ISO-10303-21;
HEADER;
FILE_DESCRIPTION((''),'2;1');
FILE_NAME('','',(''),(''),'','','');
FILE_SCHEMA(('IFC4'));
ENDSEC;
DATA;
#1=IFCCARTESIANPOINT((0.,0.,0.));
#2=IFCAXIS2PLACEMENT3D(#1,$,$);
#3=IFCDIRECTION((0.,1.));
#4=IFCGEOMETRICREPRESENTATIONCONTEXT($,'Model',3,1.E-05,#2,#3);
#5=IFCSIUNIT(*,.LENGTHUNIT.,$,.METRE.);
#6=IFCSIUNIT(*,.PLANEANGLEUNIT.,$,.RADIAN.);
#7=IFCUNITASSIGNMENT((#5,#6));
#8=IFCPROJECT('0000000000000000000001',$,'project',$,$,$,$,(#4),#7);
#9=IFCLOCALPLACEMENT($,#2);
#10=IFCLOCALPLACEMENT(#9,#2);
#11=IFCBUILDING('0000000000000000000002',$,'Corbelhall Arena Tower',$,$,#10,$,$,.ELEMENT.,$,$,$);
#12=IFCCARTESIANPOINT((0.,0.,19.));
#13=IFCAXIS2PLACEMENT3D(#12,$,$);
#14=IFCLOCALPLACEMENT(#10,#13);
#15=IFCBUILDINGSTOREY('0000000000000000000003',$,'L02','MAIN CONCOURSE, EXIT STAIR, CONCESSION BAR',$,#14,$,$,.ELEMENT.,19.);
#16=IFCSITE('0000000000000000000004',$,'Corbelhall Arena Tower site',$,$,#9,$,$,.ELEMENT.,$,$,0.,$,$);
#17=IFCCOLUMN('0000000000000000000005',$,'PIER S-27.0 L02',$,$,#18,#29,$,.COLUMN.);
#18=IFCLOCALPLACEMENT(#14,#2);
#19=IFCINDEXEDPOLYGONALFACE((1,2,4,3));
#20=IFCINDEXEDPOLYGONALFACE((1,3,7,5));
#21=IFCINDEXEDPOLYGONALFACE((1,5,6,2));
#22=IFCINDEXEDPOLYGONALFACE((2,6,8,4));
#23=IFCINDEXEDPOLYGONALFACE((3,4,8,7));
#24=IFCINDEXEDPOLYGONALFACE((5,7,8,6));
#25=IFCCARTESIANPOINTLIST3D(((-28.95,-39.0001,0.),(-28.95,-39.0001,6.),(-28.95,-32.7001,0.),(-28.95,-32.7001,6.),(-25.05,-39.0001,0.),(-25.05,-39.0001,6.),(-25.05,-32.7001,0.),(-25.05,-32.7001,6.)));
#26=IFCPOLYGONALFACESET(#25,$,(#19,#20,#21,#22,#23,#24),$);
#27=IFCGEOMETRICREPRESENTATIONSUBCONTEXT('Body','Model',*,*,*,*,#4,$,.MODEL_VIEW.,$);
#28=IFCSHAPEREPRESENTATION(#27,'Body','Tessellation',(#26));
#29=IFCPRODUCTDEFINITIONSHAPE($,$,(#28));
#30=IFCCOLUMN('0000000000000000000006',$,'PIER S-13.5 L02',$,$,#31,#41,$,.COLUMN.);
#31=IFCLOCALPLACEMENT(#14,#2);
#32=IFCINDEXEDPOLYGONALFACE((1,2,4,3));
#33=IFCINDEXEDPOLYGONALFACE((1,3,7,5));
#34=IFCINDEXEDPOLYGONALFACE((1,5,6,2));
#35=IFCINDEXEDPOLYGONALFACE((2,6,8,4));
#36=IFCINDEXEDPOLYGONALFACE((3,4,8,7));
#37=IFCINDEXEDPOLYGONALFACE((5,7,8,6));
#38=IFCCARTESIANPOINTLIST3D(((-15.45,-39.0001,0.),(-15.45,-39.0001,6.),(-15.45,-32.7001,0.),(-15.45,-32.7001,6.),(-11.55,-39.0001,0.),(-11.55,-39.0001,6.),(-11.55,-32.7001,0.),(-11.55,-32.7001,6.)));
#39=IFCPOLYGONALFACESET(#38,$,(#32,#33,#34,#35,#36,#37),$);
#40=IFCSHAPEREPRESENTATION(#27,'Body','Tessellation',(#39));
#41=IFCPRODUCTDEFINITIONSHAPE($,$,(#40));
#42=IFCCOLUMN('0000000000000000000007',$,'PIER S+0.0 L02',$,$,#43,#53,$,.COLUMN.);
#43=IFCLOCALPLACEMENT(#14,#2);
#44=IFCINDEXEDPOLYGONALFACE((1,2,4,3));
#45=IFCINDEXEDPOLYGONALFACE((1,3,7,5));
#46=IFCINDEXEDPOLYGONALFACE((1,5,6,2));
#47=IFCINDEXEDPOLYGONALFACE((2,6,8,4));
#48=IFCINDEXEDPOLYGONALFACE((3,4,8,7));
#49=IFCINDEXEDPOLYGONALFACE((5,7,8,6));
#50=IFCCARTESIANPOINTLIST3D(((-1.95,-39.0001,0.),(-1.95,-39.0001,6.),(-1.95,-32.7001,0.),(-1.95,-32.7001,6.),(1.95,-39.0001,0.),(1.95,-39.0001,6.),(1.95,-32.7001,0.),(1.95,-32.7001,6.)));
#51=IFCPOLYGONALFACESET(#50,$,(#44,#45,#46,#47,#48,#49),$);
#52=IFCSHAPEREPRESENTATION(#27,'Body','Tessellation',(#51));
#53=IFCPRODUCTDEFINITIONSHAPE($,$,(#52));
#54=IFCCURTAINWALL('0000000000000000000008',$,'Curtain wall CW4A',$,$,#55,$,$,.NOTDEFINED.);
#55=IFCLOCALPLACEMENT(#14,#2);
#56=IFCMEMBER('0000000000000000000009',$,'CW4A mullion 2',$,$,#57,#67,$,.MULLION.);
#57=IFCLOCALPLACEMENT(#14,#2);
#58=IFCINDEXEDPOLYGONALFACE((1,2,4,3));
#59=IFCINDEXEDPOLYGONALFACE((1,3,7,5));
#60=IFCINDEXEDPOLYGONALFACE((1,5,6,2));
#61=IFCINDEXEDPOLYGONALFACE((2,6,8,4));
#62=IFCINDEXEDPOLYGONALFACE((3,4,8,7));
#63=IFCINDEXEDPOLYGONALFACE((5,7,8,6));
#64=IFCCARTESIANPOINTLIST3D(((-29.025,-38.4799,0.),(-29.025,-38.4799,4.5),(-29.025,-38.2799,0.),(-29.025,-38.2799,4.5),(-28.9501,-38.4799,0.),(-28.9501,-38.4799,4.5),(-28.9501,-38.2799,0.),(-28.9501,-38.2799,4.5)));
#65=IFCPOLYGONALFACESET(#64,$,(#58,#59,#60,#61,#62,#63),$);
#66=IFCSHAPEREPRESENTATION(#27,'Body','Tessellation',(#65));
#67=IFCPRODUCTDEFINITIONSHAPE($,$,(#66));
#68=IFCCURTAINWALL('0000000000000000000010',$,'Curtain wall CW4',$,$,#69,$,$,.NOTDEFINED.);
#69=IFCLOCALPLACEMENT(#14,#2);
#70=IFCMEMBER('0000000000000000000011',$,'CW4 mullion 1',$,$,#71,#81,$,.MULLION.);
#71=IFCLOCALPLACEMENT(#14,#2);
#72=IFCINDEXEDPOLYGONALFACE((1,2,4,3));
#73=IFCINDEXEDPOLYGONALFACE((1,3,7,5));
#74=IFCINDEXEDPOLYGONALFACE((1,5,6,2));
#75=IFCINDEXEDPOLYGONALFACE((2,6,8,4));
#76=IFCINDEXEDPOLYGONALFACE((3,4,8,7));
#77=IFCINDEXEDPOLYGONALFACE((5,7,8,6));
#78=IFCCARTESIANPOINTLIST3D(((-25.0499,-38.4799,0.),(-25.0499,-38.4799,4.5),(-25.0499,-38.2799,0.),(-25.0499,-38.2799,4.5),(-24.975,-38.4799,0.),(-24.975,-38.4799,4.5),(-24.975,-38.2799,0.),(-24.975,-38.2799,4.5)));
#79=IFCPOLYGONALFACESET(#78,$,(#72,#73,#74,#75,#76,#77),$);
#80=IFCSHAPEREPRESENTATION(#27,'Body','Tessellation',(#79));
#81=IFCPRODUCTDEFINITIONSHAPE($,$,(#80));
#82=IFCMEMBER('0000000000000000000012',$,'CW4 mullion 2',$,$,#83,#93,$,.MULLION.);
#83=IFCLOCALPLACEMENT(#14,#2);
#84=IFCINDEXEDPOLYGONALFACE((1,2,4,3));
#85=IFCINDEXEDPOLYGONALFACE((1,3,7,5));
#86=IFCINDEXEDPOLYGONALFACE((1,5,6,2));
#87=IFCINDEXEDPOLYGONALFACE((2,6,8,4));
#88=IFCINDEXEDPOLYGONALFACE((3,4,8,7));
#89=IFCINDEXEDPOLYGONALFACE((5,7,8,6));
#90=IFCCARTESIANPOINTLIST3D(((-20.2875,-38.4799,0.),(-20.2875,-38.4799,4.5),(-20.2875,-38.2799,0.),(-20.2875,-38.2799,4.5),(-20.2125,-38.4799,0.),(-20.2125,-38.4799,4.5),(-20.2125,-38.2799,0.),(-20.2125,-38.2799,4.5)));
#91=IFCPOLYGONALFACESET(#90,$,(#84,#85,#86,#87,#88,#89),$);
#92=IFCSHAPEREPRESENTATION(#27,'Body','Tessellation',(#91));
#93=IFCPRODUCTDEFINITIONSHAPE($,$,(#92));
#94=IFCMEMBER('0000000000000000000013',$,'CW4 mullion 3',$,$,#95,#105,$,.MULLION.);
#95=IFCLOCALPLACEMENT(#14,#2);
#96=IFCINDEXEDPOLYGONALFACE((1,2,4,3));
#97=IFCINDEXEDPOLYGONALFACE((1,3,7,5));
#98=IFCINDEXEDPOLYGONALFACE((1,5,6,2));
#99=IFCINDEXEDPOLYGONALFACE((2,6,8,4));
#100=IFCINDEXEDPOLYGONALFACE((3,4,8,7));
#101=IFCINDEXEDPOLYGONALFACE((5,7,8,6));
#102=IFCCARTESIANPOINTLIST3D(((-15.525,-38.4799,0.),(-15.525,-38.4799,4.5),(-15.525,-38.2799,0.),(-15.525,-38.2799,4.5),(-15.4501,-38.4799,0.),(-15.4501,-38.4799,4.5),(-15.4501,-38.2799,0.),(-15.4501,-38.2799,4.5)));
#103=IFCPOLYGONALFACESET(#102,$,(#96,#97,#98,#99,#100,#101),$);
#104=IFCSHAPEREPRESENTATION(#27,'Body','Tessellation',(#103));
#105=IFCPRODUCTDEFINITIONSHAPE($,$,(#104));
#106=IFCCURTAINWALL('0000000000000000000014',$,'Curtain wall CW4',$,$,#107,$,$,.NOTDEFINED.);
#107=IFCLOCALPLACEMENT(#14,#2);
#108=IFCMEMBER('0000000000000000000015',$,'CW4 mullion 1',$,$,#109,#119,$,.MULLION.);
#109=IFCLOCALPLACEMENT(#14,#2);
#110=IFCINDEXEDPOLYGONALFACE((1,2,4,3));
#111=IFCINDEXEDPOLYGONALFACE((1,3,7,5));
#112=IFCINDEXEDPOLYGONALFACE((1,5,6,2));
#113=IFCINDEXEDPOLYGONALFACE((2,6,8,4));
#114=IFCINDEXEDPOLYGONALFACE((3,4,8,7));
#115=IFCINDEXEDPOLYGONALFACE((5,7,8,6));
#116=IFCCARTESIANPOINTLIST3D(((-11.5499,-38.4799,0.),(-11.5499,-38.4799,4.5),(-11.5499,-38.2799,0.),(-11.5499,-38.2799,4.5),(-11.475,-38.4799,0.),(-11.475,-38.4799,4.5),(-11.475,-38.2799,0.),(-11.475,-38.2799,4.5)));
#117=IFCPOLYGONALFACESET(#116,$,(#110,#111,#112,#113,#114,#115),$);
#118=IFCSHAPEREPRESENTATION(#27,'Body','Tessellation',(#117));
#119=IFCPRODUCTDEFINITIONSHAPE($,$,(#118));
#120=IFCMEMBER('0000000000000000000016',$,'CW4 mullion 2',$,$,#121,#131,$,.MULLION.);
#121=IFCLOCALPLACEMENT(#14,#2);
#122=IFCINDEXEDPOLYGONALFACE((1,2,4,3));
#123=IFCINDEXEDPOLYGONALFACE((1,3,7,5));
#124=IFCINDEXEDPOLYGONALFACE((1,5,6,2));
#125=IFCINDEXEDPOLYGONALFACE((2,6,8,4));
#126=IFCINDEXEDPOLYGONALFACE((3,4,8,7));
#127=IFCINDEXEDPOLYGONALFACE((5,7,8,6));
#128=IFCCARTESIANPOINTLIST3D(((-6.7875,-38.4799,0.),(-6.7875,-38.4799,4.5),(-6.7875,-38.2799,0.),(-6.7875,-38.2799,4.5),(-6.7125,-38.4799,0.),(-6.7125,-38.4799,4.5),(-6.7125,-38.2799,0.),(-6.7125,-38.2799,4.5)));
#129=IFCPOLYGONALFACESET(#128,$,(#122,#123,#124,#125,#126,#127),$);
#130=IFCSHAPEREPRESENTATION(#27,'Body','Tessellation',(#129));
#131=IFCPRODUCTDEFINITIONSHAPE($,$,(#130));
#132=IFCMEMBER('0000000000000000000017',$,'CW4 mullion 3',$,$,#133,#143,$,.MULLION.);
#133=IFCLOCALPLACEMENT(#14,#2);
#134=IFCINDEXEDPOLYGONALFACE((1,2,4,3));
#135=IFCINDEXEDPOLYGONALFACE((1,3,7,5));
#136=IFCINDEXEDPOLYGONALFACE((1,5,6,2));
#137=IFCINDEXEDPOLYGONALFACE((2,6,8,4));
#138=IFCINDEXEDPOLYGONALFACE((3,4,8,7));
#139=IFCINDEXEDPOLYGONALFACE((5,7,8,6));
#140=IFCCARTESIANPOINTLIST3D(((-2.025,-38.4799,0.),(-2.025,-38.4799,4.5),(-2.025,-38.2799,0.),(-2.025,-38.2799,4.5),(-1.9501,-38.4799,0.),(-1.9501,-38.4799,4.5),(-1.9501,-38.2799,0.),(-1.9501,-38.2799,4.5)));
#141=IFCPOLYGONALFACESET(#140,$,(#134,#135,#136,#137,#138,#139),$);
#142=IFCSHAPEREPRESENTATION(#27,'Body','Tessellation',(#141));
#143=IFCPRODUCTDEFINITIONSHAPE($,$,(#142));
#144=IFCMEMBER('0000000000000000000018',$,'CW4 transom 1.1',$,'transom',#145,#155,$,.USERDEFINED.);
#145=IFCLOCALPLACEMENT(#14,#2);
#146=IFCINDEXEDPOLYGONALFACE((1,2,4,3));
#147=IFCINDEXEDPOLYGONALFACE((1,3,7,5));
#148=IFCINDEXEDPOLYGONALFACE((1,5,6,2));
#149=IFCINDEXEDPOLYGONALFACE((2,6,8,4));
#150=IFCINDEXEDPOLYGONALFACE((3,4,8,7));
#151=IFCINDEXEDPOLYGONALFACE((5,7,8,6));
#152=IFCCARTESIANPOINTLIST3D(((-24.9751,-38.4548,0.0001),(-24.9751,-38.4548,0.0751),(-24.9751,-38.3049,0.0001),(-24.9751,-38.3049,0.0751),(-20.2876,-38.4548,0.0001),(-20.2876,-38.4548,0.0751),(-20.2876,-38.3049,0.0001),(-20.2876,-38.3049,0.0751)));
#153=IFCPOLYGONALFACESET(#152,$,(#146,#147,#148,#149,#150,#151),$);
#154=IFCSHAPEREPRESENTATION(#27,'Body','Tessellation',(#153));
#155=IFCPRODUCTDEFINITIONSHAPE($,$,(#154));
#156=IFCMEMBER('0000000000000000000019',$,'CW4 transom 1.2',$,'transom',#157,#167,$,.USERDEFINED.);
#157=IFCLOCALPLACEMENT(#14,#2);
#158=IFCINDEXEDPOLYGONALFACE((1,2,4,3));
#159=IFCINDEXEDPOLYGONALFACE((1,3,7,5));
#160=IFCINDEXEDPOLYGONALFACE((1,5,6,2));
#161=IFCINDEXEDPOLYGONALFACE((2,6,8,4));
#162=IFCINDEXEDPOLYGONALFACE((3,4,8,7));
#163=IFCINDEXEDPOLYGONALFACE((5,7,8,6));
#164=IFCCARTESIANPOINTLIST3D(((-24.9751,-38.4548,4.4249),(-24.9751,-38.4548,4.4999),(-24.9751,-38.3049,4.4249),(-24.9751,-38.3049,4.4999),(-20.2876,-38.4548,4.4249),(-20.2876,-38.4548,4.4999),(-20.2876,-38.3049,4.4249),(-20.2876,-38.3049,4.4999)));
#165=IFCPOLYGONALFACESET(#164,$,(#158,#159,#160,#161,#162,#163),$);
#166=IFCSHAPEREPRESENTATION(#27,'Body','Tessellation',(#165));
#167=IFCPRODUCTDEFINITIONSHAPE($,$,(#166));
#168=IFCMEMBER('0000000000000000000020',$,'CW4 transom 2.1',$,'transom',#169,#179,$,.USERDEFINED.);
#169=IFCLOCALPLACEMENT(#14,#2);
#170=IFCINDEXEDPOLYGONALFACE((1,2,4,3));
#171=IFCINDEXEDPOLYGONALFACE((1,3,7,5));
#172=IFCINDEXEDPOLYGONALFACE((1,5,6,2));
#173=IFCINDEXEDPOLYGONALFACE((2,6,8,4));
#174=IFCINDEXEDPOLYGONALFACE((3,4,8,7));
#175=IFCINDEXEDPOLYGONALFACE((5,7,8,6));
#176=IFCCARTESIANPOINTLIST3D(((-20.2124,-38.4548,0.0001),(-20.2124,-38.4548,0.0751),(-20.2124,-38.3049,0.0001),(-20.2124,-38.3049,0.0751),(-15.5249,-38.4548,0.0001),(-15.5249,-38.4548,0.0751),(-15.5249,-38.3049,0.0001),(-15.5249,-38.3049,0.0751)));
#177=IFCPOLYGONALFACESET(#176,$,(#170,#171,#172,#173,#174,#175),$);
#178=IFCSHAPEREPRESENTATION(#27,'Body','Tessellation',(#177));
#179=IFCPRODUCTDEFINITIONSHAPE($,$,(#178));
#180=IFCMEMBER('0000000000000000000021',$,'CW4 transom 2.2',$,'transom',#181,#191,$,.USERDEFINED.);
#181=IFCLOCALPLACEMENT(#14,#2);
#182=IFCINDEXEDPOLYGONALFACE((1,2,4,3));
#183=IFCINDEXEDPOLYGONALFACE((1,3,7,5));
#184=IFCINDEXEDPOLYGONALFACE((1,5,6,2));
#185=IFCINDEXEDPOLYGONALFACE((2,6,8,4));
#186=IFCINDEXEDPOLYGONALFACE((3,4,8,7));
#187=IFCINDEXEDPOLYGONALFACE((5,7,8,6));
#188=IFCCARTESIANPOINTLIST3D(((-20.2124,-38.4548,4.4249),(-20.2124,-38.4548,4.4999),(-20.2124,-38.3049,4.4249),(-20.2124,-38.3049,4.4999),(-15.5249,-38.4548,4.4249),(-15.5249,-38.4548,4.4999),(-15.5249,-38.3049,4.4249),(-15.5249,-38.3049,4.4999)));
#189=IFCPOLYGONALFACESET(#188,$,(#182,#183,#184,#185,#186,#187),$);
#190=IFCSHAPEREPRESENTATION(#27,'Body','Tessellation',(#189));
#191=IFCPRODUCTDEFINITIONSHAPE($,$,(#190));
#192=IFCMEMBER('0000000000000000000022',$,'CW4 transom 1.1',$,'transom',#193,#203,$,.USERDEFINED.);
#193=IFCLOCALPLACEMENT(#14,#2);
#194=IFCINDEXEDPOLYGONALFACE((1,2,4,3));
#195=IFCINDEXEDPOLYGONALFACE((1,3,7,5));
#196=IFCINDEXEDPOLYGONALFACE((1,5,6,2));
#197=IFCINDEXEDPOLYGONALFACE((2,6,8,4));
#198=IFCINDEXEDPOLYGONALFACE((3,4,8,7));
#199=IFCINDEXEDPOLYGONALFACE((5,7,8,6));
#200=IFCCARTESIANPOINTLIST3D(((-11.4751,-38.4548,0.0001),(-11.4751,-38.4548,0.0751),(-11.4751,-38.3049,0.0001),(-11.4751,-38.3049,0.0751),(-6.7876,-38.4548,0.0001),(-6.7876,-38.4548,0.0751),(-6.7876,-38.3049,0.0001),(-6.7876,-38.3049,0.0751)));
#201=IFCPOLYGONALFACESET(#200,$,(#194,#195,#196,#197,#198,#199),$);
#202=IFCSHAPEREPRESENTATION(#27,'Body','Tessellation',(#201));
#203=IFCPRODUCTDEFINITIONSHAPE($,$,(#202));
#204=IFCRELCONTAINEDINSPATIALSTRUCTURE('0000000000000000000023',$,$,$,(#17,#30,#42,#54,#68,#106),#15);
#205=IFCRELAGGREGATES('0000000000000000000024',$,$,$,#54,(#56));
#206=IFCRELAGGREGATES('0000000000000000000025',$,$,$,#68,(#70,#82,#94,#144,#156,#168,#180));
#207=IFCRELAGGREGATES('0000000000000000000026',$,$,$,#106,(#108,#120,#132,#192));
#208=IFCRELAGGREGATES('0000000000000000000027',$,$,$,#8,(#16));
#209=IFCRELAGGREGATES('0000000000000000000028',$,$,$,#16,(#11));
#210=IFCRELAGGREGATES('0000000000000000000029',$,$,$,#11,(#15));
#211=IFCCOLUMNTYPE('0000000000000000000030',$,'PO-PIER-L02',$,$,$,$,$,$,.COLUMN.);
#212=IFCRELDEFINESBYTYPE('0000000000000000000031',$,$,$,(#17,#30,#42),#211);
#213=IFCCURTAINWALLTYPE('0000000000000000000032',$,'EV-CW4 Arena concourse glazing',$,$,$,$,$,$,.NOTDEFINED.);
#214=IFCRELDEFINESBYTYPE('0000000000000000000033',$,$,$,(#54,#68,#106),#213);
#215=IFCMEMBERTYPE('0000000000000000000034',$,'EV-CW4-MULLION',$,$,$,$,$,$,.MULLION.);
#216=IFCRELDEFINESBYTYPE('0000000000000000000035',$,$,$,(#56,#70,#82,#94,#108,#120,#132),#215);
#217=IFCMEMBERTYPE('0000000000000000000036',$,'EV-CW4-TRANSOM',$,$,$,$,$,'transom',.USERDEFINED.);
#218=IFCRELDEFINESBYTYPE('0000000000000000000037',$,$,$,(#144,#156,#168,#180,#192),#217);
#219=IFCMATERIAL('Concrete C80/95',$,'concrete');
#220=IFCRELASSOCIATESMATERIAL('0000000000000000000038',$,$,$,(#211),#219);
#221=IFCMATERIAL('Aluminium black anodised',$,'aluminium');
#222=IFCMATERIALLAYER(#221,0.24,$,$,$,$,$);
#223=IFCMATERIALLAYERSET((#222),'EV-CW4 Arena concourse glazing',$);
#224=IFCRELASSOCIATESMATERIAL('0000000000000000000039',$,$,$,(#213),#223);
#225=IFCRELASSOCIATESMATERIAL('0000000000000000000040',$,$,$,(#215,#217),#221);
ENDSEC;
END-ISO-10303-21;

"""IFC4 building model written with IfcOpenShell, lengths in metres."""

from ifc_helpers import new_model, si_unit, direction, frame, origin, origin_2d, place, context, subcontext, project, spatial, rectangle, extrude, material, layer, layer_set, material_profile, profile_set, type_object, element, aggregate, save


model = new_model("IFC4")

# Units and contexts
model_context = context("Model", 3, precision=1e-05, world=origin(), true_north=direction((0.0, 1.0)))
body_context = subcontext(model_context, "Body", "Model", "MODEL_VIEW")
ifc_project = project(units=[si_unit("LENGTHUNIT", "METRE"), si_unit("PLANEANGLEUNIT", "RADIAN")], contexts=[model_context])

# Site, building, storey
site_placement = place(None, origin())
site = spatial("IfcSite", under=ifc_project, at=site_placement, Name="Corbelhall Arena Tower site", CompositionType="ELEMENT", RefElevation=0.0)
building_placement = place(site_placement, origin())
building = spatial("IfcBuilding", under=site, at=building_placement, Name="Corbelhall Arena Tower", CompositionType="ELEMENT")
storey_placement = place(building_placement, frame((0.0, 0.0, 19.0)))
storey = spatial("IfcBuildingStorey", under=building, at=storey_placement, Name="L02", Description="MAIN CONCOURSE, EXIT STAIR, CONCESSION BAR", CompositionType="ELEMENT", Elevation=19.0)

# Columns
ifc_material_1 = material(Name="Concrete C80/95", Category="concrete")
ifc_material_profile_1 = material_profile(ifc_material_1, rectangle(XDim=3.8999, YDim=6.3, at=origin_2d()))
ifc_profile_set_1 = profile_set([ifc_material_profile_1], Name="Concrete C80/95")
column_type = type_object("IfcColumnType", Name="PO-PIER-L02", PredefinedType="COLUMN", material=ifc_profile_set_1)
for number, where, z_axis, x_axis, name in (
    (1, (-27.0, -35.8501, 0.0), (0.0, 0.0, 1.0), (1.0, 0.0, 0.0), "PIER S-27.0 L02"),
    (2, (-13.5, -35.8501, 0.0), (0.0, 0.0, 1.0), (1.0, 0.0, 0.0), "PIER S-13.5 L02"),
    (3, (0.0, -35.8501, 0.0), (0.0, 0.0, 1.0), (1.0, 0.0, 0.0), "PIER S+0.0 L02"),
):
    element("IfcColumn", number, at=place(storey_placement, frame(where, z_axis=z_axis, x_axis=x_axis)), inside=storey, type_object=column_type, Name=name, PredefinedType="COLUMN", context=body_context, shape_type="SweptSolid", body=[
        extrude(rectangle(XDim=3.8999, YDim=6.3, at=origin_2d()), origin(), (0.0, 0.0, 1.0), 6.0),
    ])

# Curtain wall, member
ifc_material_2 = material(Name="Aluminium black anodised", Category="aluminium")
ifc_layer_1 = layer(ifc_material_2, 0.24)
ifc_layer_set_1 = layer_set([ifc_layer_1], Name="EV-CW4 Arena concourse glazing")
curtain_wall_type = type_object("IfcCurtainWallType", Name="EV-CW4 Arena concourse glazing", PredefinedType="NOTDEFINED", material=ifc_layer_set_1)
curtain_wall_1_placement = place(storey_placement, origin())
curtain_wall_1 = element("IfcCurtainWall", 4, at=curtain_wall_1_placement, inside=storey, type_object=curtain_wall_type, Name="Curtain wall CW4A", PredefinedType="NOTDEFINED")
ifc_material_profile_2 = material_profile(ifc_material_2, rectangle(XDim=0.2, YDim=0.075, at=origin_2d()))
ifc_profile_set_2 = profile_set([ifc_material_profile_2], Name="Aluminium black anodised")
member_type_1 = type_object("IfcMemberType", Name="EV-CW4-MULLION", PredefinedType="MULLION", material=ifc_profile_set_2)
member_1_placement = place(storey_placement, frame((-28.9875, -38.3799, 0.0), z_axis=(0.0, 0.0, 1.0), x_axis=(0.0, 1.0, 0.0)))
member_1 = element("IfcMember", 5, at=member_1_placement, type_object=member_type_1, Name="CW4A mullion 2", PredefinedType="MULLION", context=body_context, shape_type="SweptSolid", body=[
    extrude(rectangle(XDim=0.2, YDim=0.075, at=origin_2d()), origin(), (0.0, 0.0, 1.0), 4.5),
])
aggregate(curtain_wall_1, [member_1])

# Curtain walls, members
curtain_wall_2_placement = place(storey_placement, origin())
curtain_wall_2 = element("IfcCurtainWall", 6, at=curtain_wall_2_placement, inside=storey, type_object=curtain_wall_type, Name="Curtain wall CW4", PredefinedType="NOTDEFINED")
member_2_placement = place(storey_placement, frame((-25.0125, -38.3799, 0.0), z_axis=(0.0, 0.0, 1.0), x_axis=(0.0, 1.0, 0.0)))
member_2 = element("IfcMember", 7, at=member_2_placement, type_object=member_type_1, Name="CW4 mullion 1", PredefinedType="MULLION", context=body_context, shape_type="SweptSolid", body=[
    extrude(rectangle(XDim=0.2, YDim=0.075, at=origin_2d()), origin(), (0.0, 0.0, 1.0), 4.5),
])
member_3_placement = place(storey_placement, frame((-20.25, -38.3799, 0.0), z_axis=(0.0, 0.0, 1.0), x_axis=(0.0, 1.0, 0.0)))
member_3 = element("IfcMember", 8, at=member_3_placement, type_object=member_type_1, Name="CW4 mullion 2", PredefinedType="MULLION", context=body_context, shape_type="SweptSolid", body=[
    extrude(rectangle(XDim=0.2, YDim=0.075, at=origin_2d()), origin(), (0.0, 0.0, 1.0), 4.5),
])
member_4_placement = place(storey_placement, frame((-15.4875, -38.3799, 0.0), z_axis=(0.0, 0.0, 1.0), x_axis=(0.0, 1.0, 0.0)))
member_4 = element("IfcMember", 9, at=member_4_placement, type_object=member_type_1, Name="CW4 mullion 3", PredefinedType="MULLION", context=body_context, shape_type="SweptSolid", body=[
    extrude(rectangle(XDim=0.2, YDim=0.075, at=origin_2d()), origin(), (0.0, 0.0, 1.0), 4.5),
])
curtain_wall_3_placement = place(storey_placement, origin())
curtain_wall_3 = element("IfcCurtainWall", 10, at=curtain_wall_3_placement, inside=storey, type_object=curtain_wall_type, Name="Curtain wall CW4", PredefinedType="NOTDEFINED")
member_5_placement = place(storey_placement, frame((-11.5125, -38.3799, 0.0), z_axis=(0.0, 0.0, 1.0), x_axis=(0.0, 1.0, 0.0)))
member_5 = element("IfcMember", 11, at=member_5_placement, type_object=member_type_1, Name="CW4 mullion 1", PredefinedType="MULLION", context=body_context, shape_type="SweptSolid", body=[
    extrude(rectangle(XDim=0.2, YDim=0.075, at=origin_2d()), origin(), (0.0, 0.0, 1.0), 4.5),
])
member_6_placement = place(storey_placement, frame((-6.75, -38.3799, 0.0), z_axis=(0.0, 0.0, 1.0), x_axis=(0.0, 1.0, 0.0)))
member_6 = element("IfcMember", 12, at=member_6_placement, type_object=member_type_1, Name="CW4 mullion 2", PredefinedType="MULLION", context=body_context, shape_type="SweptSolid", body=[
    extrude(rectangle(XDim=0.2, YDim=0.075, at=origin_2d()), origin(), (0.0, 0.0, 1.0), 4.5),
])
member_7_placement = place(storey_placement, frame((-1.9875, -38.3799, 0.0), z_axis=(0.0, 0.0, 1.0), x_axis=(0.0, 1.0, 0.0)))
member_7 = element("IfcMember", 13, at=member_7_placement, type_object=member_type_1, Name="CW4 mullion 3", PredefinedType="MULLION", context=body_context, shape_type="SweptSolid", body=[
    extrude(rectangle(XDim=0.2, YDim=0.075, at=origin_2d()), origin(), (0.0, 0.0, 1.0), 4.5),
])

# Members
ifc_material_profile_3 = material_profile(ifc_material_2, rectangle(XDim=0.1499, YDim=0.075, at=origin_2d()))
ifc_profile_set_3 = profile_set([ifc_material_profile_3], Name="Aluminium black anodised")
member_type_2 = type_object("IfcMemberType", Name="EV-CW4-TRANSOM", ElementType="transom", PredefinedType="USERDEFINED", material=ifc_profile_set_3)
member_8_placement = place(storey_placement, frame((-24.9751, -38.3799, 0.0376), z_axis=(1.0, 0.0, 0.0), x_axis=(0.0, 1.0, 0.0)))
member_8 = element("IfcMember", 14, at=member_8_placement, type_object=member_type_2, Name="CW4 transom 1.1", ObjectType="transom", PredefinedType="USERDEFINED", context=body_context, shape_type="SweptSolid", body=[
    extrude(rectangle(XDim=0.1499, YDim=0.075, at=origin_2d()), origin(), (0.0, 0.0, 1.0), 4.6875),
])
member_9_placement = place(storey_placement, frame((-24.9751, -38.3799, 4.4624), z_axis=(1.0, 0.0, 0.0), x_axis=(0.0, 1.0, 0.0)))
member_9 = element("IfcMember", 15, at=member_9_placement, type_object=member_type_2, Name="CW4 transom 1.2", ObjectType="transom", PredefinedType="USERDEFINED", context=body_context, shape_type="SweptSolid", body=[
    extrude(rectangle(XDim=0.1499, YDim=0.075, at=origin_2d()), origin(), (0.0, 0.0, 1.0), 4.6875),
])
member_10_placement = place(storey_placement, frame((-20.2124, -38.3799, 0.0376), z_axis=(1.0, 0.0, 0.0), x_axis=(0.0, 1.0, 0.0)))
member_10 = element("IfcMember", 16, at=member_10_placement, type_object=member_type_2, Name="CW4 transom 2.1", ObjectType="transom", PredefinedType="USERDEFINED", context=body_context, shape_type="SweptSolid", body=[
    extrude(rectangle(XDim=0.1499, YDim=0.075, at=origin_2d()), origin(), (0.0, 0.0, 1.0), 4.6875),
])
member_11_placement = place(storey_placement, frame((-20.2124, -38.3799, 4.4624), z_axis=(1.0, 0.0, 0.0), x_axis=(0.0, 1.0, 0.0)))
member_11 = element("IfcMember", 17, at=member_11_placement, type_object=member_type_2, Name="CW4 transom 2.2", ObjectType="transom", PredefinedType="USERDEFINED", context=body_context, shape_type="SweptSolid", body=[
    extrude(rectangle(XDim=0.1499, YDim=0.075, at=origin_2d()), origin(), (0.0, 0.0, 1.0), 4.6875),
])
member_12_placement = place(storey_placement, frame((-11.4751, -38.3799, 0.0376), z_axis=(1.0, 0.0, 0.0), x_axis=(0.0, 1.0, 0.0)))
member_12 = element("IfcMember", 18, at=member_12_placement, type_object=member_type_2, Name="CW4 transom 1.1", ObjectType="transom", PredefinedType="USERDEFINED", context=body_context, shape_type="SweptSolid", body=[
    extrude(rectangle(XDim=0.1499, YDim=0.075, at=origin_2d()), origin(), (0.0, 0.0, 1.0), 4.6875),
])

aggregate(curtain_wall_2, [member_2, member_3, member_4, member_8, member_9, member_10, member_11])
aggregate(curtain_wall_3, [member_5, member_6, member_7, member_12])

save(model, "model.ifc")
